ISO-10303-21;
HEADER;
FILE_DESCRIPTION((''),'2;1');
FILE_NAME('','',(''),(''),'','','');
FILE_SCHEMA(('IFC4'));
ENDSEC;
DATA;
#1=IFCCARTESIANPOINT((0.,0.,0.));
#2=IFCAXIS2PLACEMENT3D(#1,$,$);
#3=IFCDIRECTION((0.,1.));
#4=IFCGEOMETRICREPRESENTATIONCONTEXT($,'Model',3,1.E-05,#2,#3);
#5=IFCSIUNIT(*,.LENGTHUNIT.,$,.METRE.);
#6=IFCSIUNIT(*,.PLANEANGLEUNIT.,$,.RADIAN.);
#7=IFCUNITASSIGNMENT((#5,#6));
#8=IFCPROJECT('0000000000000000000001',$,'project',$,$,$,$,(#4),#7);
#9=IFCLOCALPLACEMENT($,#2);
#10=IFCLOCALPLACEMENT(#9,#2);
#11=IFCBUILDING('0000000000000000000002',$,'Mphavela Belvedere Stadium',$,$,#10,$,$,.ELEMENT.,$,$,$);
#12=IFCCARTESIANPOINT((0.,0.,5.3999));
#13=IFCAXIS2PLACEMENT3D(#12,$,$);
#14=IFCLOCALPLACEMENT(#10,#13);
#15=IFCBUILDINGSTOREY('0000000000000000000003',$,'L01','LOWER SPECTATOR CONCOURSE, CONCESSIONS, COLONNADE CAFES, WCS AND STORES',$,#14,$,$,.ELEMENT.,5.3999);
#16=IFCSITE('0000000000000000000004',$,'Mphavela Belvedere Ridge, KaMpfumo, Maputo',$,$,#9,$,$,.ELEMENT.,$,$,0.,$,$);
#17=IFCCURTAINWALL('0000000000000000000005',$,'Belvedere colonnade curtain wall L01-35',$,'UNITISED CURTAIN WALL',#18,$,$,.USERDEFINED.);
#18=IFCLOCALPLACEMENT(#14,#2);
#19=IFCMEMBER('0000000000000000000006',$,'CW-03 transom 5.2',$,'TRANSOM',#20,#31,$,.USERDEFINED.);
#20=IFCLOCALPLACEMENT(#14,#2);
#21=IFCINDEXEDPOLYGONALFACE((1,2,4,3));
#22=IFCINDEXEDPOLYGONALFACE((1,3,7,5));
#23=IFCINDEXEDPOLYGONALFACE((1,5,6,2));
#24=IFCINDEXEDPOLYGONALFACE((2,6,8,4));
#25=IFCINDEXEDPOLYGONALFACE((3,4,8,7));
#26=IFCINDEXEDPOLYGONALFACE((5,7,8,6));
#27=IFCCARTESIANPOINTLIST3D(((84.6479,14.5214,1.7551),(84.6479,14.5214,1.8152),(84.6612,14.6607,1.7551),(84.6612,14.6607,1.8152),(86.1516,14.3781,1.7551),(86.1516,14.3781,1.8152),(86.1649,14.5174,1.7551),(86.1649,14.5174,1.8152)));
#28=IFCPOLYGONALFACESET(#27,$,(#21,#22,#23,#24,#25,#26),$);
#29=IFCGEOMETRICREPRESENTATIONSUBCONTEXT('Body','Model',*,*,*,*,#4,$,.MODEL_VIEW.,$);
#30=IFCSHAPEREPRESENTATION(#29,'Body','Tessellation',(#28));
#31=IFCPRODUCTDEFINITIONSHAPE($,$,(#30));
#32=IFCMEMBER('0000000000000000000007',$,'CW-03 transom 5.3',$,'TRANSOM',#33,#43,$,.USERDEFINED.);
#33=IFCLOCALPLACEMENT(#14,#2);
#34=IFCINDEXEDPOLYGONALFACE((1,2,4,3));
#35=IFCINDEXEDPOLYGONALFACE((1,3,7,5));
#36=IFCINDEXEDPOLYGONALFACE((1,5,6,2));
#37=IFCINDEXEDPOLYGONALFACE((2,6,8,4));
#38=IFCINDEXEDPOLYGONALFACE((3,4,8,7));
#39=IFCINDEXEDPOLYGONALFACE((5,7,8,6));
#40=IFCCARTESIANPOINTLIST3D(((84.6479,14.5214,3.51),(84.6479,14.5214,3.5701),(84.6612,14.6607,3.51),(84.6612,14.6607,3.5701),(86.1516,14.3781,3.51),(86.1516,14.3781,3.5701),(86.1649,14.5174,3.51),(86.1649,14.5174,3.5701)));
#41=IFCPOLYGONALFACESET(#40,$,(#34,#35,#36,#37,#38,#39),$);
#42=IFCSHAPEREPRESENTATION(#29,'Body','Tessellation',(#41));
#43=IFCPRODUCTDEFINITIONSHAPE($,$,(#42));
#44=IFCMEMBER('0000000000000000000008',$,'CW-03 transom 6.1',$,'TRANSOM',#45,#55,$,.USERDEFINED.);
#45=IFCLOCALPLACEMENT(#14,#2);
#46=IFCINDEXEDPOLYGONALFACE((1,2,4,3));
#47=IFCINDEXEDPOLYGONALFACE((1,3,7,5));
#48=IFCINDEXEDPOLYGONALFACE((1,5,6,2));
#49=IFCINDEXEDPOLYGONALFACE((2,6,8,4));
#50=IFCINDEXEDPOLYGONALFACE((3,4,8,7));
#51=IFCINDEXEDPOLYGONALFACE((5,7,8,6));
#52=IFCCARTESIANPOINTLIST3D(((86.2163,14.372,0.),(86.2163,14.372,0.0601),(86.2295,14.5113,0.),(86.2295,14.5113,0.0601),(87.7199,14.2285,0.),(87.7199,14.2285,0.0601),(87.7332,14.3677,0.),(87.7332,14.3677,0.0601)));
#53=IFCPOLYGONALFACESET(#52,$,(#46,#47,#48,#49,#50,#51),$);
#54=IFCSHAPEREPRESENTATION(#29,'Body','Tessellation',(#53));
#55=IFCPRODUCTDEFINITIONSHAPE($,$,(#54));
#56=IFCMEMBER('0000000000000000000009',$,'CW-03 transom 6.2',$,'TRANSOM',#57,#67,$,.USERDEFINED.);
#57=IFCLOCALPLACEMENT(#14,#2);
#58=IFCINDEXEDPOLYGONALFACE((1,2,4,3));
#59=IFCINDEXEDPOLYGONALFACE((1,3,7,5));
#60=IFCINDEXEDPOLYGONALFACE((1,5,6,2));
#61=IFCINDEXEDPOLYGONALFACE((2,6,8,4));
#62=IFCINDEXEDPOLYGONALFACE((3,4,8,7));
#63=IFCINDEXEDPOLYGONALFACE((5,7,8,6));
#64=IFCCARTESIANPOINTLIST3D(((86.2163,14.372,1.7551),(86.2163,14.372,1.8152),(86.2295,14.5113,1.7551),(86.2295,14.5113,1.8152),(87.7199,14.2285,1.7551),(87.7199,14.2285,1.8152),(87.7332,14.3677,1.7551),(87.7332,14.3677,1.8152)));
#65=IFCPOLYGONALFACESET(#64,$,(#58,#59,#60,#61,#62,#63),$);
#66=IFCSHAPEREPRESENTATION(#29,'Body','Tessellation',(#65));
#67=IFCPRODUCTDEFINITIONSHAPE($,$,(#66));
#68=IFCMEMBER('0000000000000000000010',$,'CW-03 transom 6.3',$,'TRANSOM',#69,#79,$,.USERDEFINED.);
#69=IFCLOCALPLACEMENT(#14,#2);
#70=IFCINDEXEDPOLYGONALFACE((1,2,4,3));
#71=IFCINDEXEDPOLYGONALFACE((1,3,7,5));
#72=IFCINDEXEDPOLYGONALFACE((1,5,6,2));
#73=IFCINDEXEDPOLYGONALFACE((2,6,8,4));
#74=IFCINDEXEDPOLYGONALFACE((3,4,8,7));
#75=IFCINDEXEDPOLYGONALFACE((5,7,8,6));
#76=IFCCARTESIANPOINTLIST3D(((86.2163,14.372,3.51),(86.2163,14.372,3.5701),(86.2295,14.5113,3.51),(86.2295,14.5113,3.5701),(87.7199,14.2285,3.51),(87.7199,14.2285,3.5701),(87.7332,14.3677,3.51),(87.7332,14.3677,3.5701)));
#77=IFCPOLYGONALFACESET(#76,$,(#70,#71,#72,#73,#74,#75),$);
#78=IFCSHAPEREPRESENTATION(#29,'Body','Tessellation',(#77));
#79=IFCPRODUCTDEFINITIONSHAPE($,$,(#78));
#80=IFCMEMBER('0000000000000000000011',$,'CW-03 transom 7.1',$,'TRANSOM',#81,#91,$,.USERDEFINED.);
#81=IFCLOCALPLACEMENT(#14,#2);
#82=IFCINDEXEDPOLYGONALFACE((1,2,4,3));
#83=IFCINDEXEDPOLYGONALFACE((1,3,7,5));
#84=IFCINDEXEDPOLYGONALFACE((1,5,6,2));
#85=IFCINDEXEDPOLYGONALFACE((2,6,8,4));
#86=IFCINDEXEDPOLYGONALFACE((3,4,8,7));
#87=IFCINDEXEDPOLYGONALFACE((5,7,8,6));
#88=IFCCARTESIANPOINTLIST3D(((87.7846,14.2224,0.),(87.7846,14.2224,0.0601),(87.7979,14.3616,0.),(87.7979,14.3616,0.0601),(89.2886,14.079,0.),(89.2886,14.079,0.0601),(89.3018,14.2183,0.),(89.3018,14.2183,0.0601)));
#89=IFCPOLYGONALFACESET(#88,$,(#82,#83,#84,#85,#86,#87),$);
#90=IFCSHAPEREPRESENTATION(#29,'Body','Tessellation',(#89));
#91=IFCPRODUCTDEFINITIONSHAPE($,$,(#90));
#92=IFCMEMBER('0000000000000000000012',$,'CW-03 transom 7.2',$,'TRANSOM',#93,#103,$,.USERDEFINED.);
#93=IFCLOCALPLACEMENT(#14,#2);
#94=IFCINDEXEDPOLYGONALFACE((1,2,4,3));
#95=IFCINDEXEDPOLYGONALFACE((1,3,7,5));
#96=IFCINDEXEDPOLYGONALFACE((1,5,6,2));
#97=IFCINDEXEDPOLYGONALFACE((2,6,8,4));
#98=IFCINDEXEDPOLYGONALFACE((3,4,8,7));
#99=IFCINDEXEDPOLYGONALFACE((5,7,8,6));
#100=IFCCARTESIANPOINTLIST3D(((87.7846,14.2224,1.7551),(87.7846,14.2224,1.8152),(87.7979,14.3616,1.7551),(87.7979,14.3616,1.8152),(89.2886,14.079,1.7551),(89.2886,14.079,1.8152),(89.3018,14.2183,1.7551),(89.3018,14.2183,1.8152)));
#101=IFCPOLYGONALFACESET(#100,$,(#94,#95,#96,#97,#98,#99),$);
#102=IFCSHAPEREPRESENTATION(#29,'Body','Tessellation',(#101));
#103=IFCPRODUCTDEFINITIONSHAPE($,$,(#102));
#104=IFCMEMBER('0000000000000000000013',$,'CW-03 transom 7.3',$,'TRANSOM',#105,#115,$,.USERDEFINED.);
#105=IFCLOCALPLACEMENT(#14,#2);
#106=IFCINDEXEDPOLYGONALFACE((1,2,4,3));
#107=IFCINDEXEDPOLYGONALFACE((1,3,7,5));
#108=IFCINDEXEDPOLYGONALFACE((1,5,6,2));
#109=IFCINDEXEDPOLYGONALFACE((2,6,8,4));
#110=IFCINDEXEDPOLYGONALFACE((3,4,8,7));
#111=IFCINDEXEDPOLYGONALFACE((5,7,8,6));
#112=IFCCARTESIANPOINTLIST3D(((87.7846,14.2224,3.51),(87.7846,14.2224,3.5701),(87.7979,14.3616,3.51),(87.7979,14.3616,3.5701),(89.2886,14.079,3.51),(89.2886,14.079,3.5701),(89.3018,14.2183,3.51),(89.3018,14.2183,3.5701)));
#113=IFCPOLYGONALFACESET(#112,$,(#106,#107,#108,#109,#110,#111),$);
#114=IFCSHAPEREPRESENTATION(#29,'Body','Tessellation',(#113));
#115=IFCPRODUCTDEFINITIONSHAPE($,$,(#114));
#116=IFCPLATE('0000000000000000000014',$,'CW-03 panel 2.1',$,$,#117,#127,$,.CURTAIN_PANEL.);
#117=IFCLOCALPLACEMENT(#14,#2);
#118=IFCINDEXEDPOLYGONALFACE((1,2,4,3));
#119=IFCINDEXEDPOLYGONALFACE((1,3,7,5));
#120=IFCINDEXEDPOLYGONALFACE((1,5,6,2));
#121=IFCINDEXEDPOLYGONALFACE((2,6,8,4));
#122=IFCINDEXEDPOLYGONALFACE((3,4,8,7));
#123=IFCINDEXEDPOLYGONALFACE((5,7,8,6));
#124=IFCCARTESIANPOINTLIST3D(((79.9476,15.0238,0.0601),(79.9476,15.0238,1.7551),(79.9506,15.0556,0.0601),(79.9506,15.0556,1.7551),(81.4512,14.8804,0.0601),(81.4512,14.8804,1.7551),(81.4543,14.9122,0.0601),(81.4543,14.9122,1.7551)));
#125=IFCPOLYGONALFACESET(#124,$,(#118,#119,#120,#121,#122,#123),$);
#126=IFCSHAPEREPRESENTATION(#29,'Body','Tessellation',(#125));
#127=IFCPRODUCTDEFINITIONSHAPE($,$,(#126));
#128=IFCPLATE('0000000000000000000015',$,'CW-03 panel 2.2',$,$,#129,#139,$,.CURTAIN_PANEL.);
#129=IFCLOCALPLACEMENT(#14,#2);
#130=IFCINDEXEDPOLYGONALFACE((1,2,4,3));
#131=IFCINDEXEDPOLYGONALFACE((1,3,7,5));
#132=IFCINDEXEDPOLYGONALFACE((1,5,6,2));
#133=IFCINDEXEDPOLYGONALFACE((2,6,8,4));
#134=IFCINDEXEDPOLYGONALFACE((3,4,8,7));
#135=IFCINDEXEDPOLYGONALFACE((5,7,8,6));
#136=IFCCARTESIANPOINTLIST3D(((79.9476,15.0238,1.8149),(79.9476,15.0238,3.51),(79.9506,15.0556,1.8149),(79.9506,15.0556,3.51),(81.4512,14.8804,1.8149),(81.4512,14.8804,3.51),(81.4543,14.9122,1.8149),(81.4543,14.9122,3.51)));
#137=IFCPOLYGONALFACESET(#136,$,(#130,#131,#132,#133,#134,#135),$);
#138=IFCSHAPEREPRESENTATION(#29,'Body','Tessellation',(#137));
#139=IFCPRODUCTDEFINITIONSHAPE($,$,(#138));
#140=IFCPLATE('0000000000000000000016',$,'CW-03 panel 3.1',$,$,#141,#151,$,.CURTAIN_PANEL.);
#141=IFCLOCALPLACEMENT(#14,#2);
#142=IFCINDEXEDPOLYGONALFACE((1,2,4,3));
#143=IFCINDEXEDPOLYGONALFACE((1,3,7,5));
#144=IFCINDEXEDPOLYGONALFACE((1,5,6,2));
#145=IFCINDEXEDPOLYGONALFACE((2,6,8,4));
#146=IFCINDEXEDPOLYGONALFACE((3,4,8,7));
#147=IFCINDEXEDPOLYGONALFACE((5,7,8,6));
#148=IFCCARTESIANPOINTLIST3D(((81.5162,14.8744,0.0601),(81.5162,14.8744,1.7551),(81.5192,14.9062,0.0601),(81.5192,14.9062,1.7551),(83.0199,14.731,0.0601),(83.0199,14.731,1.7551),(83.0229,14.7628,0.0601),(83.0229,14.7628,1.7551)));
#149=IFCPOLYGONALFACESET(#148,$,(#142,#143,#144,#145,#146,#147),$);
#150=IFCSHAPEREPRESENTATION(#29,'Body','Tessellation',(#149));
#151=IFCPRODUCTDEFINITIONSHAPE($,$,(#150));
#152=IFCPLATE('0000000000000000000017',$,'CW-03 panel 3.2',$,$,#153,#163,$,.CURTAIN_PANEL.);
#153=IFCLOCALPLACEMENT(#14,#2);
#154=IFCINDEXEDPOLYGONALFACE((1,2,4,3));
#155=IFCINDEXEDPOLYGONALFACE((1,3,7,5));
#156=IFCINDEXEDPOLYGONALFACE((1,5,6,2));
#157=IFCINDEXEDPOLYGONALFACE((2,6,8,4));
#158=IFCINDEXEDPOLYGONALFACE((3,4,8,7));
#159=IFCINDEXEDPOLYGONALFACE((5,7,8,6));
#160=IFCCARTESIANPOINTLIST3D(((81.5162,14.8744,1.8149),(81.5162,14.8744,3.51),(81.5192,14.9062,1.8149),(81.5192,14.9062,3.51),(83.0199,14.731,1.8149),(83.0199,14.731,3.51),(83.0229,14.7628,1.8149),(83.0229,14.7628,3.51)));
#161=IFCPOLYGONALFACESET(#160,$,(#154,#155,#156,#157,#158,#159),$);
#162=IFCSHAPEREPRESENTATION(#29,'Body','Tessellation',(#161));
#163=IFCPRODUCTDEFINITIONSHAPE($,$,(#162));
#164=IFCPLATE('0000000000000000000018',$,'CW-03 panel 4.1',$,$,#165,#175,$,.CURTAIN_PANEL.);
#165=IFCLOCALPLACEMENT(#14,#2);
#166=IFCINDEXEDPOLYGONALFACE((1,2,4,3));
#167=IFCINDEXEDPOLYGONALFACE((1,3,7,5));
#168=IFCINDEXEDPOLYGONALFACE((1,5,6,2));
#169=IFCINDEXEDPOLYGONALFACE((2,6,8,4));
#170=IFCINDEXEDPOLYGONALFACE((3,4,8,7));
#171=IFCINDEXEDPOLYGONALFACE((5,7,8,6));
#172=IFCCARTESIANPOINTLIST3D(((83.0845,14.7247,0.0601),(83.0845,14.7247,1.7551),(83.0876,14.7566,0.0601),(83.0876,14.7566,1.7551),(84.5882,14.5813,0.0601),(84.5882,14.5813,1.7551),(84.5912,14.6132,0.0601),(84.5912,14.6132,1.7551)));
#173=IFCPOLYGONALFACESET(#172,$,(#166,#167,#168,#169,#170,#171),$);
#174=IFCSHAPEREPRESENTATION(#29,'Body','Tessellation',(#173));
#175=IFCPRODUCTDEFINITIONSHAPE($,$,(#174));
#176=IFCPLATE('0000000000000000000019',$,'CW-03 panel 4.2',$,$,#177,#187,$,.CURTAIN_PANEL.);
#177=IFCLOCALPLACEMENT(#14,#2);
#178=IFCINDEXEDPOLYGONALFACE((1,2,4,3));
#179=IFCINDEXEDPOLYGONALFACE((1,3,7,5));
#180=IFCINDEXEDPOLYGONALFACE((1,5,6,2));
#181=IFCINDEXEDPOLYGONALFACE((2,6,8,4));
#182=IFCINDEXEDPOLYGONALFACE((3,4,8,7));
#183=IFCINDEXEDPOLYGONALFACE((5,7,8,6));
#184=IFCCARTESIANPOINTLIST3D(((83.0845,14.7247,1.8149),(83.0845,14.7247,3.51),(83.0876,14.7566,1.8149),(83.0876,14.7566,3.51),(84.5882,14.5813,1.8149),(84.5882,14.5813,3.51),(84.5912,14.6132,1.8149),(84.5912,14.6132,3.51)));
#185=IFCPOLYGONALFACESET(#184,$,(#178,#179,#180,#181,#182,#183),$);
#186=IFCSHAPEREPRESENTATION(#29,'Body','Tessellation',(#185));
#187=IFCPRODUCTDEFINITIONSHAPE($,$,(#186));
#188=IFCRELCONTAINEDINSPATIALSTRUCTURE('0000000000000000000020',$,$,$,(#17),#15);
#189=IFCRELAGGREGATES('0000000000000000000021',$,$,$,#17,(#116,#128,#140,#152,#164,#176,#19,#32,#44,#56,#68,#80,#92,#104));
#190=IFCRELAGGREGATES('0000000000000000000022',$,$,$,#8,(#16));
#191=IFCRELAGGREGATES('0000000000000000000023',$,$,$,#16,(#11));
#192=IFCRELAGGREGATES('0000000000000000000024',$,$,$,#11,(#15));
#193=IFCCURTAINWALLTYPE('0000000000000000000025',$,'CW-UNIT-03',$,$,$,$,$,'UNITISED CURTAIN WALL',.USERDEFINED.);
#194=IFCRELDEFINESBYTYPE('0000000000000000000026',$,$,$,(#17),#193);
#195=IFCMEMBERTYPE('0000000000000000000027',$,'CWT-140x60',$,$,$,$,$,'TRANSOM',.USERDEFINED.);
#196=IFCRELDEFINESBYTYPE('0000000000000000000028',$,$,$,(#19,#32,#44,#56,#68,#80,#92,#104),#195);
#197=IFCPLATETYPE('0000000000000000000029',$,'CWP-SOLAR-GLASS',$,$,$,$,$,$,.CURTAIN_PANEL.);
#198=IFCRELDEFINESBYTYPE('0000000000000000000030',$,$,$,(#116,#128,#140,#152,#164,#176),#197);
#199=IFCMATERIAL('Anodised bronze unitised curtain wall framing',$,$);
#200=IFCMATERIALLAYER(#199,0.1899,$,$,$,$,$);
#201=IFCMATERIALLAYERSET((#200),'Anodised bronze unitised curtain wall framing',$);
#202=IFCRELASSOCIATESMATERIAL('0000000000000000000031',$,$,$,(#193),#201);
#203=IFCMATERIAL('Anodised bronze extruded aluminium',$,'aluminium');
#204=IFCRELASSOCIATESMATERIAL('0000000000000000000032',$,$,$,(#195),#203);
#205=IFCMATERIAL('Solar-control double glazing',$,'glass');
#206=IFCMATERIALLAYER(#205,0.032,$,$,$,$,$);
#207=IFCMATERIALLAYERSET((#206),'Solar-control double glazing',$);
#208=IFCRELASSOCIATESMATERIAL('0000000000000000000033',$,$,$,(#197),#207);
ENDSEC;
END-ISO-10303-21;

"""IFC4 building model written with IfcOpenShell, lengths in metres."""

from ifc_helpers import new_model, si_unit, direction, frame, origin, origin_2d, place, context, subcontext, project, spatial, rectangle, extrude, material, layer, layer_set, material_profile, profile_set, type_object, element, aggregate, save


model = new_model("IFC4")

# Units and contexts
model_context = context("Model", 3, precision=1e-05, world=origin(), true_north=direction((0.0, 1.0)))
body_context = subcontext(model_context, "Body", "Model", "MODEL_VIEW")
ifc_project = project(units=[si_unit("LENGTHUNIT", "METRE"), si_unit("PLANEANGLEUNIT", "RADIAN")], contexts=[model_context])

# Site, building, storey
site_placement = place(None, origin())
site = spatial("IfcSite", under=ifc_project, at=site_placement, Name="Mphavela Belvedere Ridge, KaMpfumo, Maputo", CompositionType="ELEMENT", RefElevation=0.0)
building_placement = place(site_placement, origin())
building = spatial("IfcBuilding", under=site, at=building_placement, Name="Mphavela Belvedere Stadium", CompositionType="ELEMENT")
storey_placement = place(building_placement, frame((0.0, 0.0, 5.3999)))
storey = spatial("IfcBuildingStorey", under=building, at=storey_placement, Name="L01", Description="LOWER SPECTATOR CONCOURSE, CONCESSIONS, COLONNADE CAFES, WCS AND STORES", CompositionType="ELEMENT", Elevation=5.3999)

# Curtain wall, members, plates
ifc_material_1 = material(Name="Anodised bronze unitised curtain wall framing")
ifc_layer_1 = layer(ifc_material_1, 0.1899)
ifc_layer_set_1 = layer_set([ifc_layer_1], Name="Anodised bronze unitised curtain wall framing")
curtain_wall_type = type_object("IfcCurtainWallType", Name="CW-UNIT-03", ElementType="UNITISED CURTAIN WALL", PredefinedType="USERDEFINED", material=ifc_layer_set_1)
curtain_wall_placement = place(storey_placement, origin())
curtain_wall = element("IfcCurtainWall", 1, at=curtain_wall_placement, inside=storey, type_object=curtain_wall_type, Name="Belvedere colonnade curtain wall L01-35", ObjectType="UNITISED CURTAIN WALL", PredefinedType="USERDEFINED")
ifc_material_2 = material(Name="Anodised bronze extruded aluminium", Category="aluminium")
ifc_material_profile_1 = material_profile(ifc_material_2, rectangle(XDim=0.1399, YDim=0.0601, at=origin_2d()), Name="CW-TRN 140x60")
ifc_profile_set_1 = profile_set([ifc_material_profile_1], Name="Anodised bronze extruded aluminium")
member_type_1 = type_object("IfcMemberType", Name="CWT-140x60", ElementType="TRANSOM", PredefinedType="USERDEFINED", material=ifc_profile_set_1)
member_1_placement = place(storey_placement, frame((84.6545, 14.5911, 1.7852), z_axis=(0.995489, -0.094878, 0.0), x_axis=(0.094878, 0.995489, 0.0)))
member_1 = element("IfcMember", 2, at=member_1_placement, type_object=member_type_1, Name="CW-03 transom 5.2", ObjectType="TRANSOM", PredefinedType="USERDEFINED", context=body_context, shape_type="SweptSolid", body=[
    extrude(rectangle(XDim=0.1399, YDim=0.0601, at=origin_2d()), origin(), (0.0, 0.0, 1.0), 1.5105),
])
member_2_placement = place(storey_placement, frame((84.6545, 14.5911, 3.54), z_axis=(0.995489, -0.094878, 0.0), x_axis=(0.094878, 0.995489, 0.0)))
member_2 = element("IfcMember", 3, at=member_2_placement, type_object=member_type_1, Name="CW-03 transom 5.3", ObjectType="TRANSOM", PredefinedType="USERDEFINED", context=body_context, shape_type="SweptSolid", body=[
    extrude(rectangle(XDim=0.1399, YDim=0.0601, at=origin_2d()), origin(), (0.0, 0.0, 1.0), 1.5105),
])
member_3_placement = place(storey_placement, frame((86.2229, 14.4417, 0.03), z_axis=(0.995474, -0.095038, 0.0), x_axis=(0.095038, 0.995474, 0.0)))
member_3 = element("IfcMember", 4, at=member_3_placement, type_object=member_type_1, Name="CW-03 transom 6.1", ObjectType="TRANSOM", PredefinedType="USERDEFINED", context=body_context, shape_type="SweptSolid", body=[
    extrude(rectangle(XDim=0.1399, YDim=0.0601, at=origin_2d()), origin(), (0.0, 0.0, 1.0), 1.5105),
])
member_4_placement = place(storey_placement, frame((86.2229, 14.4417, 1.7852), z_axis=(0.995474, -0.095038, 0.0), x_axis=(0.095038, 0.995474, 0.0)))
member_4 = element("IfcMember", 5, at=member_4_placement, type_object=member_type_1, Name="CW-03 transom 6.2", ObjectType="TRANSOM", PredefinedType="USERDEFINED", context=body_context, shape_type="SweptSolid", body=[
    extrude(rectangle(XDim=0.1399, YDim=0.0601, at=origin_2d()), origin(), (0.0, 0.0, 1.0), 1.5105),
])
member_5_placement = place(storey_placement, frame((86.2229, 14.4417, 3.54), z_axis=(0.995474, -0.095038, 0.0), x_axis=(0.095038, 0.995474, 0.0)))
member_5 = element("IfcMember", 6, at=member_5_placement, type_object=member_type_1, Name="CW-03 transom 6.3", ObjectType="TRANSOM", PredefinedType="USERDEFINED", context=body_context, shape_type="SweptSolid", body=[
    extrude(rectangle(XDim=0.1399, YDim=0.0601, at=origin_2d()), origin(), (0.0, 0.0, 1.0), 1.5105),
])
member_6_placement = place(storey_placement, frame((87.7913, 14.292, 0.03), z_axis=(0.99549, -0.094862, 0.0), x_axis=(0.094862, 0.99549, 0.0)))
member_6 = element("IfcMember", 7, at=member_6_placement, type_object=member_type_1, Name="CW-03 transom 7.1", ObjectType="TRANSOM", PredefinedType="USERDEFINED", context=body_context, shape_type="SweptSolid", body=[
    extrude(rectangle(XDim=0.1399, YDim=0.0601, at=origin_2d()), origin(), (0.0, 0.0, 1.0), 1.5107),
])
member_7_placement = place(storey_placement, frame((87.7913, 14.292, 1.7852), z_axis=(0.99549, -0.094862, 0.0), x_axis=(0.094862, 0.99549, 0.0)))
member_7 = element("IfcMember", 8, at=member_7_placement, type_object=member_type_1, Name="CW-03 transom 7.2", ObjectType="TRANSOM", PredefinedType="USERDEFINED", context=body_context, shape_type="SweptSolid", body=[
    extrude(rectangle(XDim=0.1399, YDim=0.0601, at=origin_2d()), origin(), (0.0, 0.0, 1.0), 1.5107),
])
member_8_placement = place(storey_placement, frame((87.7913, 14.292, 3.54), z_axis=(0.99549, -0.094862, 0.0), x_axis=(0.094862, 0.99549, 0.0)))
member_8 = element("IfcMember", 9, at=member_8_placement, type_object=member_type_1, Name="CW-03 transom 7.3", ObjectType="TRANSOM", PredefinedType="USERDEFINED", context=body_context, shape_type="SweptSolid", body=[
    extrude(rectangle(XDim=0.1399, YDim=0.0601, at=origin_2d()), origin(), (0.0, 0.0, 1.0), 1.5107),
])
ifc_material_3 = material(Name="Solar-control double glazing", Category="glass")
ifc_layer_2 = layer(ifc_material_3, 0.032)
ifc_layer_set_2 = layer_set([ifc_layer_2], Name="Solar-control double glazing")
plate_type = type_object("IfcPlateType", Name="CWP-SOLAR-GLASS", PredefinedType="CURTAIN_PANEL", material=ifc_layer_set_2)
plate_1_placement = place(storey_placement, frame((80.7009, 14.968, 0.0601), z_axis=(0.0, 0.0, 1.0), x_axis=(0.995485, -0.094922, 0.0)))
plate_1 = element("IfcPlate", 10, at=plate_1_placement, type_object=plate_type, Name="CW-03 panel 2.1", PredefinedType="CURTAIN_PANEL", context=body_context, shape_type="SweptSolid", body=[
    extrude(rectangle(XDim=1.5105, YDim=0.032, at=origin_2d()), origin(), (0.0, 0.0, 1.0), 1.6951),
])
plate_2_placement = place(storey_placement, frame((80.7009, 14.968, 1.8149), z_axis=(0.0, 0.0, 1.0), x_axis=(0.995485, -0.094922, 0.0)))
plate_2 = element("IfcPlate", 11, at=plate_2_placement, type_object=plate_type, Name="CW-03 panel 2.2", PredefinedType="CURTAIN_PANEL", context=body_context, shape_type="SweptSolid", body=[
    extrude(rectangle(XDim=1.5105, YDim=0.032, at=origin_2d()), origin(), (0.0, 0.0, 1.0), 1.6951),
])
plate_3_placement = place(storey_placement, frame((82.2695, 14.8186, 0.0601), z_axis=(0.0, 0.0, 1.0), x_axis=(0.995485, -0.094922, 0.0)))
plate_3 = element("IfcPlate", 12, at=plate_3_placement, type_object=plate_type, Name="CW-03 panel 3.1", PredefinedType="CURTAIN_PANEL", context=body_context, shape_type="SweptSolid", body=[
    extrude(rectangle(XDim=1.5105, YDim=0.032, at=origin_2d()), origin(), (0.0, 0.0, 1.0), 1.6951),
])
plate_4_placement = place(storey_placement, frame((82.2695, 14.8186, 1.8149), z_axis=(0.0, 0.0, 1.0), x_axis=(0.995485, -0.094922, 0.0)))
plate_4 = element("IfcPlate", 13, at=plate_4_placement, type_object=plate_type, Name="CW-03 panel 3.2", PredefinedType="CURTAIN_PANEL", context=body_context, shape_type="SweptSolid", body=[
    extrude(rectangle(XDim=1.5105, YDim=0.032, at=origin_2d()), origin(), (0.0, 0.0, 1.0), 1.6951),
])
plate_5_placement = place(storey_placement, frame((83.8379, 14.6689, 0.0601), z_axis=(0.0, 0.0, 1.0), x_axis=(0.995485, -0.094922, 0.0)))
plate_5 = element("IfcPlate", 14, at=plate_5_placement, type_object=plate_type, Name="CW-03 panel 4.1", PredefinedType="CURTAIN_PANEL", context=body_context, shape_type="SweptSolid", body=[
    extrude(rectangle(XDim=1.5105, YDim=0.032, at=origin_2d()), origin(), (0.0, 0.0, 1.0), 1.6951),
])
plate_6_placement = place(storey_placement, frame((83.8379, 14.6689, 1.8149), z_axis=(0.0, 0.0, 1.0), x_axis=(0.995485, -0.094922, 0.0)))
plate_6 = element("IfcPlate", 15, at=plate_6_placement, type_object=plate_type, Name="CW-03 panel 4.2", PredefinedType="CURTAIN_PANEL", context=body_context, shape_type="SweptSolid", body=[
    extrude(rectangle(XDim=1.5105, YDim=0.032, at=origin_2d()), origin(), (0.0, 0.0, 1.0), 1.6951),
])
aggregate(curtain_wall, [plate_1, plate_2, plate_3, plate_4, plate_5, plate_6, member_1, member_2, member_3, member_4, member_5, member_6, member_7, member_8])

save(model, "model.ifc")
